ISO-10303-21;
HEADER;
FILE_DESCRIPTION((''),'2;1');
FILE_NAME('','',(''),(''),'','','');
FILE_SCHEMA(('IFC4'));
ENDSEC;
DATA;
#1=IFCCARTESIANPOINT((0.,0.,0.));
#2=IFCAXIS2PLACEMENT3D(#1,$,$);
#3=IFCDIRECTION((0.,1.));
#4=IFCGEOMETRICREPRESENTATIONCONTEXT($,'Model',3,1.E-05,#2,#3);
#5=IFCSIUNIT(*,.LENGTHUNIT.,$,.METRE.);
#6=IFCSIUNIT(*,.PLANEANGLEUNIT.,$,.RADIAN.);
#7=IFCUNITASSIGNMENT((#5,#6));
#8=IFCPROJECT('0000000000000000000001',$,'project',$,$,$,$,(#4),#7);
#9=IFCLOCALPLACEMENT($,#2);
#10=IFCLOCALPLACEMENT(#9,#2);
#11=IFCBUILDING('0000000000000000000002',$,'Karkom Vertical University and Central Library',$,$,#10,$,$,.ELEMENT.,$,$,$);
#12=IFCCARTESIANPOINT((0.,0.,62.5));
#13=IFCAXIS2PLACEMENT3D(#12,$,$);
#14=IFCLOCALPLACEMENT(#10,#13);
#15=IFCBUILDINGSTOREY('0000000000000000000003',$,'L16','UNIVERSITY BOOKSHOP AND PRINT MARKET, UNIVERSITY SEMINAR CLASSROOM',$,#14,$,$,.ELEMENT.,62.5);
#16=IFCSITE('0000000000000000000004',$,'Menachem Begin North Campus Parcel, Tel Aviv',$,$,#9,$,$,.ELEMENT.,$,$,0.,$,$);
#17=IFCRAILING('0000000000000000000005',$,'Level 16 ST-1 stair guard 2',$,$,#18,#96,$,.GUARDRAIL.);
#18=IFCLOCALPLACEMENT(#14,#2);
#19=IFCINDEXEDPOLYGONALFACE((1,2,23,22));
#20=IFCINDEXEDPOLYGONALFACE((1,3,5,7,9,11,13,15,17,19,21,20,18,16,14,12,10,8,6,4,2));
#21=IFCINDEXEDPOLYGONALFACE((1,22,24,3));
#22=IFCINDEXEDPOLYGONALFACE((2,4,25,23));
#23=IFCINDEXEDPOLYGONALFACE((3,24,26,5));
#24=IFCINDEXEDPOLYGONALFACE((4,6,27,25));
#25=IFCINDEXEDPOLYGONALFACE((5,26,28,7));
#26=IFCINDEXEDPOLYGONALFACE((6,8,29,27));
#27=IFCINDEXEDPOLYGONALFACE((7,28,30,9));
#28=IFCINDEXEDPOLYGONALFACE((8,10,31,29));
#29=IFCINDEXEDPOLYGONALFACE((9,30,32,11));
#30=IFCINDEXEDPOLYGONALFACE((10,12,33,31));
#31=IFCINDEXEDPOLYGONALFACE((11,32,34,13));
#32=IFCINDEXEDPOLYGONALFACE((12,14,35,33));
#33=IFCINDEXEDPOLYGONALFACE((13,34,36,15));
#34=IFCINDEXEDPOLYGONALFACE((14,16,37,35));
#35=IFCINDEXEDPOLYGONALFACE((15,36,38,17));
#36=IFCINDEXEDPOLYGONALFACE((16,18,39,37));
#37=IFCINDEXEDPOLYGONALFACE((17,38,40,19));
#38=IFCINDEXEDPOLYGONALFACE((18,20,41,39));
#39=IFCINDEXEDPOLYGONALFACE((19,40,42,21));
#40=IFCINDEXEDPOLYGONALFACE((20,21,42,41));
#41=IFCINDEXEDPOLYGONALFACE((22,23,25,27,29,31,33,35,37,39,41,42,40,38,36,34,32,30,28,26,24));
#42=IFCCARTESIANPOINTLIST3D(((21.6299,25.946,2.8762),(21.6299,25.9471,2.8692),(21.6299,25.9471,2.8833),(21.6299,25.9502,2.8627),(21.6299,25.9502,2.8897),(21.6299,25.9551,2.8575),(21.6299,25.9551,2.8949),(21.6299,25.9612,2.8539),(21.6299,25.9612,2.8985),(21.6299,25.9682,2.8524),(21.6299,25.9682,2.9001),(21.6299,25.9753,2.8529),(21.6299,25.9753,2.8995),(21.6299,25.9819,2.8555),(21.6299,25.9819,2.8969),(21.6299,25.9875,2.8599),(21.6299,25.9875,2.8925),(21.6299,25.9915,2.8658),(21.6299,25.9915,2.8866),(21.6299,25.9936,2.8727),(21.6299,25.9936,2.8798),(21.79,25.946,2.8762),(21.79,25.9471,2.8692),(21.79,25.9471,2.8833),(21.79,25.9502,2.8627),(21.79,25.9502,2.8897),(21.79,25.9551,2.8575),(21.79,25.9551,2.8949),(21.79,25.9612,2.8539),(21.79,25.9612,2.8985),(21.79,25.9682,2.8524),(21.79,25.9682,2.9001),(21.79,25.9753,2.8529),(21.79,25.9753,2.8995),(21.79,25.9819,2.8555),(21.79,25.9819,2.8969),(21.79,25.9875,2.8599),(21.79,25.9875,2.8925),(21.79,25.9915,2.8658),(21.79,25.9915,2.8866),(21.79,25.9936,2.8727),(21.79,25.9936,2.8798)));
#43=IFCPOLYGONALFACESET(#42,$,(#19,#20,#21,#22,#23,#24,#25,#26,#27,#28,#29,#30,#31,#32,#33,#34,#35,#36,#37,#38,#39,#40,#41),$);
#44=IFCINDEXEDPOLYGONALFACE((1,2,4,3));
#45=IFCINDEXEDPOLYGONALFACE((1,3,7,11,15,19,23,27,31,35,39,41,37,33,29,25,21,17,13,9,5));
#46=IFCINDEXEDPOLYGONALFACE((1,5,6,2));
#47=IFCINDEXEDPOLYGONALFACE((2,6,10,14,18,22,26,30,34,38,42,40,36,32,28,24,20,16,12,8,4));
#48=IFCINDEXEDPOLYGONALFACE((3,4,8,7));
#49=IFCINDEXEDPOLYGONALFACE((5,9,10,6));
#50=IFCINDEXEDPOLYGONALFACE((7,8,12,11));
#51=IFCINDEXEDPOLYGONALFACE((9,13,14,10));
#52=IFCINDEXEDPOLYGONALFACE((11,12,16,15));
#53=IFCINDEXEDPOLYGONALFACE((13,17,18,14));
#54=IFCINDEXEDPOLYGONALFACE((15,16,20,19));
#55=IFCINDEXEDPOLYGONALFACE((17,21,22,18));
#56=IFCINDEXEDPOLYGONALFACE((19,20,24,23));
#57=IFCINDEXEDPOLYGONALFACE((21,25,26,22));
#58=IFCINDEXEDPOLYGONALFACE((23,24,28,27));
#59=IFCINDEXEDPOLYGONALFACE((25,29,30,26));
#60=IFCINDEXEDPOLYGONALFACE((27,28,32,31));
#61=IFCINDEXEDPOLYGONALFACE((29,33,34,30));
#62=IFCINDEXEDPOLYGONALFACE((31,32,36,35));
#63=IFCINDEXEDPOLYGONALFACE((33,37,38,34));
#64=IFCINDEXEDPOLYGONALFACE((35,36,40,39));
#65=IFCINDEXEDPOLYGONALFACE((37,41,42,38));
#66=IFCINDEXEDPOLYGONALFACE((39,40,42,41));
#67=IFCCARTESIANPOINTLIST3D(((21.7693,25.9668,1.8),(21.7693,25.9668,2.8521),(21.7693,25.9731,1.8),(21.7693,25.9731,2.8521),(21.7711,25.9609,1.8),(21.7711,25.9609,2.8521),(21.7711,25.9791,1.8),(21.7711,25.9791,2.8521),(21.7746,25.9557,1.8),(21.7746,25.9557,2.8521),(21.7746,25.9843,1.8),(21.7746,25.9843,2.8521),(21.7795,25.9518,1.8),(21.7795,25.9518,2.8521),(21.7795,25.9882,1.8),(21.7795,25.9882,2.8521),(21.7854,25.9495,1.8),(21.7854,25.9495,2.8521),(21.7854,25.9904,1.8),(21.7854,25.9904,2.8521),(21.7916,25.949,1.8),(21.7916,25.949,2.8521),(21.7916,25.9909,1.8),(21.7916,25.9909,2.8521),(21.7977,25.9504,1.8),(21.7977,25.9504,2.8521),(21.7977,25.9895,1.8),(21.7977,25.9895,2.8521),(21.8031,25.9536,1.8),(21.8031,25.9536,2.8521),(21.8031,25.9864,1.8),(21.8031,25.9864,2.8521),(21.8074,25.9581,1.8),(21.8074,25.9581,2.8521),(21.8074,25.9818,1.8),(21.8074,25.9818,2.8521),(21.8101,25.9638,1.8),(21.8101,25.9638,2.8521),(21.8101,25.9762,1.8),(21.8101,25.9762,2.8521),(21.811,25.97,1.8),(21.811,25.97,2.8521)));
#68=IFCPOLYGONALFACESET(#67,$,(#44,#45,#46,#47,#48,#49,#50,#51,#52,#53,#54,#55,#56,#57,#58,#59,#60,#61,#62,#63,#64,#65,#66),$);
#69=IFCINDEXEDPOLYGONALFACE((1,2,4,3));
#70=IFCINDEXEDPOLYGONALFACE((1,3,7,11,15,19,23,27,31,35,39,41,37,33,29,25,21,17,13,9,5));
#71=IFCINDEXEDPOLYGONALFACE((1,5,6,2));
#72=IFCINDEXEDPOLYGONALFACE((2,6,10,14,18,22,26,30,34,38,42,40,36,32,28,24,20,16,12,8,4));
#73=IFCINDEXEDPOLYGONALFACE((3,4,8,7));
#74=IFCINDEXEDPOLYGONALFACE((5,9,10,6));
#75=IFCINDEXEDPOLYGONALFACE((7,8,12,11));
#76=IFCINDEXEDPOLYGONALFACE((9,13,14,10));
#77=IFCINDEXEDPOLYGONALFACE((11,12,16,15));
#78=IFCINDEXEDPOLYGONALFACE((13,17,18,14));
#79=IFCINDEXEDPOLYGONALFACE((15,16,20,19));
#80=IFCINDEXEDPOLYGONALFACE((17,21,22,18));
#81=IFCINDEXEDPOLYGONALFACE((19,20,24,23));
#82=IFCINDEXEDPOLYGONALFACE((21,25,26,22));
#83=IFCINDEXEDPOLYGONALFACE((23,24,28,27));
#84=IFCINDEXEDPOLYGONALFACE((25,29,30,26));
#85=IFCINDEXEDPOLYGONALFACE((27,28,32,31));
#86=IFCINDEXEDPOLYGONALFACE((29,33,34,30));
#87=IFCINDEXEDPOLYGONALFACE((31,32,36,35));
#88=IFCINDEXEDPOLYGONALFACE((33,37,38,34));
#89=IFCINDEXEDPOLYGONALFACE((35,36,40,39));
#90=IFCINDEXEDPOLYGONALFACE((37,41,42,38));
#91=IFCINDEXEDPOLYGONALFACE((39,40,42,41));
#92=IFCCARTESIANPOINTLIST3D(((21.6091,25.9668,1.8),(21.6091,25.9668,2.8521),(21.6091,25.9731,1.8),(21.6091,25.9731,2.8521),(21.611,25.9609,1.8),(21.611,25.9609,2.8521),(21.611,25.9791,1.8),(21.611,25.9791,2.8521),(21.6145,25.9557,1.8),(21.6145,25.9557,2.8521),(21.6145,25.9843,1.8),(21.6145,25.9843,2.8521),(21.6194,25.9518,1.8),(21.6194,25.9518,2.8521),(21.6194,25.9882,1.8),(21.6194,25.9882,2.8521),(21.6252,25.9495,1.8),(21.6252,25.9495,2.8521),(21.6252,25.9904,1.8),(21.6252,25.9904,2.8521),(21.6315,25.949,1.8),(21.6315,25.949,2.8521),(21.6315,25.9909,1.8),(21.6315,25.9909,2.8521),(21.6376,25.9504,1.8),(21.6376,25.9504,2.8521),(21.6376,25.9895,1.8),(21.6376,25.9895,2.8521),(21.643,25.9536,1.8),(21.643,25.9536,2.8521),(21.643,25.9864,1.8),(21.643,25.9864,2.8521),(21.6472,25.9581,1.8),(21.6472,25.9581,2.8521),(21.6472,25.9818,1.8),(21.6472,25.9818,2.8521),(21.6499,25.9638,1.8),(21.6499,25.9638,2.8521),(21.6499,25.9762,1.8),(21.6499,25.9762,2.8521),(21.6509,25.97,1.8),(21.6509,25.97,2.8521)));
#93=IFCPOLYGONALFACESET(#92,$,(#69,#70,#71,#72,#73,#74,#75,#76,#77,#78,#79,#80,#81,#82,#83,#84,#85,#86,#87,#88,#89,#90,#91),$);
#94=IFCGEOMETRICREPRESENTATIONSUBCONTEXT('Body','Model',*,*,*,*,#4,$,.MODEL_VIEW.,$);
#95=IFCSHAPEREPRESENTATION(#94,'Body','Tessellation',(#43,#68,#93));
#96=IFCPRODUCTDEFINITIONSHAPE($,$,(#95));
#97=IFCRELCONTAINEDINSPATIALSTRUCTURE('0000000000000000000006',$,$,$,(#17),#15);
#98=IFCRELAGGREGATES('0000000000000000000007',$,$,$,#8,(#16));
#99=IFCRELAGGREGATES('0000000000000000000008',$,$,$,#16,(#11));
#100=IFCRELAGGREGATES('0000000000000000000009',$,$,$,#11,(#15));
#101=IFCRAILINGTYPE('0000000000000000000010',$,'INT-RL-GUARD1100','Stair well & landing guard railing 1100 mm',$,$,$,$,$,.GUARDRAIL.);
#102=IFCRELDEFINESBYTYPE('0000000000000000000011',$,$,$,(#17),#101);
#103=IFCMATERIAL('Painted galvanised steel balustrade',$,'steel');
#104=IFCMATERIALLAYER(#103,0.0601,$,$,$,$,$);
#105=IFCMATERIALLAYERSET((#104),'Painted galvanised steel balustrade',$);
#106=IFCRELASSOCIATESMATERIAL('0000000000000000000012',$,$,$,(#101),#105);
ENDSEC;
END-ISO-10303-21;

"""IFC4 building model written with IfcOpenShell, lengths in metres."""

from ifc_helpers import new_model, si_unit, direction, frame, origin, origin_2d, place, context, subcontext, project, spatial, circle, extrude, material, layer, layer_set, type_object, element, save


model = new_model("IFC4")

# Units and contexts
model_context = context("Model", 3, precision=1e-05, world=origin(), true_north=direction((0.0, 1.0)))
body_context = subcontext(model_context, "Body", "Model", "MODEL_VIEW")
ifc_project = project(units=[si_unit("LENGTHUNIT", "METRE"), si_unit("PLANEANGLEUNIT", "RADIAN")], contexts=[model_context])

# Site, building, storey
site_placement = place(None, origin())
site = spatial("IfcSite", under=ifc_project, at=site_placement, Name="Menachem Begin North Campus Parcel, Tel Aviv", CompositionType="ELEMENT", RefElevation=0.0)
building_placement = place(site_placement, origin())
building = spatial("IfcBuilding", under=site, at=building_placement, Name="Karkom Vertical University and Central Library", CompositionType="ELEMENT")
storey_placement = place(building_placement, frame((0.0, 0.0, 62.5)))
storey = spatial("IfcBuildingStorey", under=building, at=storey_placement, Name="L16", Description="UNIVERSITY BOOKSHOP AND PRINT MARKET, UNIVERSITY SEMINAR CLASSROOM", CompositionType="ELEMENT", Elevation=62.5)

# Railing
ifc_material_1 = material(Name="Painted galvanised steel balustrade", Category="steel")
ifc_layer_1 = layer(ifc_material_1, 0.0601)
ifc_layer_set_1 = layer_set([ifc_layer_1], Name="Painted galvanised steel balustrade")
railing_type_1 = type_object("IfcRailingType", Name="INT-RL-GUARD1100", Description="Stair well & landing guard railing 1100 mm", PredefinedType="GUARDRAIL", material=ifc_layer_set_1)
railing_1_placement = place(storey_placement, frame((21.79, 25.97, 1.8)))
element("IfcRailing", 1, at=railing_1_placement, inside=storey, type_object=railing_type_1, Name="Level 16 ST-1 stair guard 2", PredefinedType="GUARDRAIL", context=body_context, shape_type="SweptSolid", body=[
    extrude(circle(Radius=0.0239, at=origin_2d()), frame((0.0, 0.0, 1.0762), z_axis=(-1.0, 0.0, 0.0), x_axis=(0.0, -1.0, 0.0)), (0.0, 0.0, 1.0), 0.1602),
    extrude(circle(Radius=0.021, at=origin_2d()), origin(), (0.0, 0.0, 1.0), 1.052),
    extrude(circle(Radius=0.021, at=origin_2d()), frame((-0.1602, 0.0, 0.0)), (0.0, 0.0, 1.0), 1.052),
])

save(model, "model.ifc")
